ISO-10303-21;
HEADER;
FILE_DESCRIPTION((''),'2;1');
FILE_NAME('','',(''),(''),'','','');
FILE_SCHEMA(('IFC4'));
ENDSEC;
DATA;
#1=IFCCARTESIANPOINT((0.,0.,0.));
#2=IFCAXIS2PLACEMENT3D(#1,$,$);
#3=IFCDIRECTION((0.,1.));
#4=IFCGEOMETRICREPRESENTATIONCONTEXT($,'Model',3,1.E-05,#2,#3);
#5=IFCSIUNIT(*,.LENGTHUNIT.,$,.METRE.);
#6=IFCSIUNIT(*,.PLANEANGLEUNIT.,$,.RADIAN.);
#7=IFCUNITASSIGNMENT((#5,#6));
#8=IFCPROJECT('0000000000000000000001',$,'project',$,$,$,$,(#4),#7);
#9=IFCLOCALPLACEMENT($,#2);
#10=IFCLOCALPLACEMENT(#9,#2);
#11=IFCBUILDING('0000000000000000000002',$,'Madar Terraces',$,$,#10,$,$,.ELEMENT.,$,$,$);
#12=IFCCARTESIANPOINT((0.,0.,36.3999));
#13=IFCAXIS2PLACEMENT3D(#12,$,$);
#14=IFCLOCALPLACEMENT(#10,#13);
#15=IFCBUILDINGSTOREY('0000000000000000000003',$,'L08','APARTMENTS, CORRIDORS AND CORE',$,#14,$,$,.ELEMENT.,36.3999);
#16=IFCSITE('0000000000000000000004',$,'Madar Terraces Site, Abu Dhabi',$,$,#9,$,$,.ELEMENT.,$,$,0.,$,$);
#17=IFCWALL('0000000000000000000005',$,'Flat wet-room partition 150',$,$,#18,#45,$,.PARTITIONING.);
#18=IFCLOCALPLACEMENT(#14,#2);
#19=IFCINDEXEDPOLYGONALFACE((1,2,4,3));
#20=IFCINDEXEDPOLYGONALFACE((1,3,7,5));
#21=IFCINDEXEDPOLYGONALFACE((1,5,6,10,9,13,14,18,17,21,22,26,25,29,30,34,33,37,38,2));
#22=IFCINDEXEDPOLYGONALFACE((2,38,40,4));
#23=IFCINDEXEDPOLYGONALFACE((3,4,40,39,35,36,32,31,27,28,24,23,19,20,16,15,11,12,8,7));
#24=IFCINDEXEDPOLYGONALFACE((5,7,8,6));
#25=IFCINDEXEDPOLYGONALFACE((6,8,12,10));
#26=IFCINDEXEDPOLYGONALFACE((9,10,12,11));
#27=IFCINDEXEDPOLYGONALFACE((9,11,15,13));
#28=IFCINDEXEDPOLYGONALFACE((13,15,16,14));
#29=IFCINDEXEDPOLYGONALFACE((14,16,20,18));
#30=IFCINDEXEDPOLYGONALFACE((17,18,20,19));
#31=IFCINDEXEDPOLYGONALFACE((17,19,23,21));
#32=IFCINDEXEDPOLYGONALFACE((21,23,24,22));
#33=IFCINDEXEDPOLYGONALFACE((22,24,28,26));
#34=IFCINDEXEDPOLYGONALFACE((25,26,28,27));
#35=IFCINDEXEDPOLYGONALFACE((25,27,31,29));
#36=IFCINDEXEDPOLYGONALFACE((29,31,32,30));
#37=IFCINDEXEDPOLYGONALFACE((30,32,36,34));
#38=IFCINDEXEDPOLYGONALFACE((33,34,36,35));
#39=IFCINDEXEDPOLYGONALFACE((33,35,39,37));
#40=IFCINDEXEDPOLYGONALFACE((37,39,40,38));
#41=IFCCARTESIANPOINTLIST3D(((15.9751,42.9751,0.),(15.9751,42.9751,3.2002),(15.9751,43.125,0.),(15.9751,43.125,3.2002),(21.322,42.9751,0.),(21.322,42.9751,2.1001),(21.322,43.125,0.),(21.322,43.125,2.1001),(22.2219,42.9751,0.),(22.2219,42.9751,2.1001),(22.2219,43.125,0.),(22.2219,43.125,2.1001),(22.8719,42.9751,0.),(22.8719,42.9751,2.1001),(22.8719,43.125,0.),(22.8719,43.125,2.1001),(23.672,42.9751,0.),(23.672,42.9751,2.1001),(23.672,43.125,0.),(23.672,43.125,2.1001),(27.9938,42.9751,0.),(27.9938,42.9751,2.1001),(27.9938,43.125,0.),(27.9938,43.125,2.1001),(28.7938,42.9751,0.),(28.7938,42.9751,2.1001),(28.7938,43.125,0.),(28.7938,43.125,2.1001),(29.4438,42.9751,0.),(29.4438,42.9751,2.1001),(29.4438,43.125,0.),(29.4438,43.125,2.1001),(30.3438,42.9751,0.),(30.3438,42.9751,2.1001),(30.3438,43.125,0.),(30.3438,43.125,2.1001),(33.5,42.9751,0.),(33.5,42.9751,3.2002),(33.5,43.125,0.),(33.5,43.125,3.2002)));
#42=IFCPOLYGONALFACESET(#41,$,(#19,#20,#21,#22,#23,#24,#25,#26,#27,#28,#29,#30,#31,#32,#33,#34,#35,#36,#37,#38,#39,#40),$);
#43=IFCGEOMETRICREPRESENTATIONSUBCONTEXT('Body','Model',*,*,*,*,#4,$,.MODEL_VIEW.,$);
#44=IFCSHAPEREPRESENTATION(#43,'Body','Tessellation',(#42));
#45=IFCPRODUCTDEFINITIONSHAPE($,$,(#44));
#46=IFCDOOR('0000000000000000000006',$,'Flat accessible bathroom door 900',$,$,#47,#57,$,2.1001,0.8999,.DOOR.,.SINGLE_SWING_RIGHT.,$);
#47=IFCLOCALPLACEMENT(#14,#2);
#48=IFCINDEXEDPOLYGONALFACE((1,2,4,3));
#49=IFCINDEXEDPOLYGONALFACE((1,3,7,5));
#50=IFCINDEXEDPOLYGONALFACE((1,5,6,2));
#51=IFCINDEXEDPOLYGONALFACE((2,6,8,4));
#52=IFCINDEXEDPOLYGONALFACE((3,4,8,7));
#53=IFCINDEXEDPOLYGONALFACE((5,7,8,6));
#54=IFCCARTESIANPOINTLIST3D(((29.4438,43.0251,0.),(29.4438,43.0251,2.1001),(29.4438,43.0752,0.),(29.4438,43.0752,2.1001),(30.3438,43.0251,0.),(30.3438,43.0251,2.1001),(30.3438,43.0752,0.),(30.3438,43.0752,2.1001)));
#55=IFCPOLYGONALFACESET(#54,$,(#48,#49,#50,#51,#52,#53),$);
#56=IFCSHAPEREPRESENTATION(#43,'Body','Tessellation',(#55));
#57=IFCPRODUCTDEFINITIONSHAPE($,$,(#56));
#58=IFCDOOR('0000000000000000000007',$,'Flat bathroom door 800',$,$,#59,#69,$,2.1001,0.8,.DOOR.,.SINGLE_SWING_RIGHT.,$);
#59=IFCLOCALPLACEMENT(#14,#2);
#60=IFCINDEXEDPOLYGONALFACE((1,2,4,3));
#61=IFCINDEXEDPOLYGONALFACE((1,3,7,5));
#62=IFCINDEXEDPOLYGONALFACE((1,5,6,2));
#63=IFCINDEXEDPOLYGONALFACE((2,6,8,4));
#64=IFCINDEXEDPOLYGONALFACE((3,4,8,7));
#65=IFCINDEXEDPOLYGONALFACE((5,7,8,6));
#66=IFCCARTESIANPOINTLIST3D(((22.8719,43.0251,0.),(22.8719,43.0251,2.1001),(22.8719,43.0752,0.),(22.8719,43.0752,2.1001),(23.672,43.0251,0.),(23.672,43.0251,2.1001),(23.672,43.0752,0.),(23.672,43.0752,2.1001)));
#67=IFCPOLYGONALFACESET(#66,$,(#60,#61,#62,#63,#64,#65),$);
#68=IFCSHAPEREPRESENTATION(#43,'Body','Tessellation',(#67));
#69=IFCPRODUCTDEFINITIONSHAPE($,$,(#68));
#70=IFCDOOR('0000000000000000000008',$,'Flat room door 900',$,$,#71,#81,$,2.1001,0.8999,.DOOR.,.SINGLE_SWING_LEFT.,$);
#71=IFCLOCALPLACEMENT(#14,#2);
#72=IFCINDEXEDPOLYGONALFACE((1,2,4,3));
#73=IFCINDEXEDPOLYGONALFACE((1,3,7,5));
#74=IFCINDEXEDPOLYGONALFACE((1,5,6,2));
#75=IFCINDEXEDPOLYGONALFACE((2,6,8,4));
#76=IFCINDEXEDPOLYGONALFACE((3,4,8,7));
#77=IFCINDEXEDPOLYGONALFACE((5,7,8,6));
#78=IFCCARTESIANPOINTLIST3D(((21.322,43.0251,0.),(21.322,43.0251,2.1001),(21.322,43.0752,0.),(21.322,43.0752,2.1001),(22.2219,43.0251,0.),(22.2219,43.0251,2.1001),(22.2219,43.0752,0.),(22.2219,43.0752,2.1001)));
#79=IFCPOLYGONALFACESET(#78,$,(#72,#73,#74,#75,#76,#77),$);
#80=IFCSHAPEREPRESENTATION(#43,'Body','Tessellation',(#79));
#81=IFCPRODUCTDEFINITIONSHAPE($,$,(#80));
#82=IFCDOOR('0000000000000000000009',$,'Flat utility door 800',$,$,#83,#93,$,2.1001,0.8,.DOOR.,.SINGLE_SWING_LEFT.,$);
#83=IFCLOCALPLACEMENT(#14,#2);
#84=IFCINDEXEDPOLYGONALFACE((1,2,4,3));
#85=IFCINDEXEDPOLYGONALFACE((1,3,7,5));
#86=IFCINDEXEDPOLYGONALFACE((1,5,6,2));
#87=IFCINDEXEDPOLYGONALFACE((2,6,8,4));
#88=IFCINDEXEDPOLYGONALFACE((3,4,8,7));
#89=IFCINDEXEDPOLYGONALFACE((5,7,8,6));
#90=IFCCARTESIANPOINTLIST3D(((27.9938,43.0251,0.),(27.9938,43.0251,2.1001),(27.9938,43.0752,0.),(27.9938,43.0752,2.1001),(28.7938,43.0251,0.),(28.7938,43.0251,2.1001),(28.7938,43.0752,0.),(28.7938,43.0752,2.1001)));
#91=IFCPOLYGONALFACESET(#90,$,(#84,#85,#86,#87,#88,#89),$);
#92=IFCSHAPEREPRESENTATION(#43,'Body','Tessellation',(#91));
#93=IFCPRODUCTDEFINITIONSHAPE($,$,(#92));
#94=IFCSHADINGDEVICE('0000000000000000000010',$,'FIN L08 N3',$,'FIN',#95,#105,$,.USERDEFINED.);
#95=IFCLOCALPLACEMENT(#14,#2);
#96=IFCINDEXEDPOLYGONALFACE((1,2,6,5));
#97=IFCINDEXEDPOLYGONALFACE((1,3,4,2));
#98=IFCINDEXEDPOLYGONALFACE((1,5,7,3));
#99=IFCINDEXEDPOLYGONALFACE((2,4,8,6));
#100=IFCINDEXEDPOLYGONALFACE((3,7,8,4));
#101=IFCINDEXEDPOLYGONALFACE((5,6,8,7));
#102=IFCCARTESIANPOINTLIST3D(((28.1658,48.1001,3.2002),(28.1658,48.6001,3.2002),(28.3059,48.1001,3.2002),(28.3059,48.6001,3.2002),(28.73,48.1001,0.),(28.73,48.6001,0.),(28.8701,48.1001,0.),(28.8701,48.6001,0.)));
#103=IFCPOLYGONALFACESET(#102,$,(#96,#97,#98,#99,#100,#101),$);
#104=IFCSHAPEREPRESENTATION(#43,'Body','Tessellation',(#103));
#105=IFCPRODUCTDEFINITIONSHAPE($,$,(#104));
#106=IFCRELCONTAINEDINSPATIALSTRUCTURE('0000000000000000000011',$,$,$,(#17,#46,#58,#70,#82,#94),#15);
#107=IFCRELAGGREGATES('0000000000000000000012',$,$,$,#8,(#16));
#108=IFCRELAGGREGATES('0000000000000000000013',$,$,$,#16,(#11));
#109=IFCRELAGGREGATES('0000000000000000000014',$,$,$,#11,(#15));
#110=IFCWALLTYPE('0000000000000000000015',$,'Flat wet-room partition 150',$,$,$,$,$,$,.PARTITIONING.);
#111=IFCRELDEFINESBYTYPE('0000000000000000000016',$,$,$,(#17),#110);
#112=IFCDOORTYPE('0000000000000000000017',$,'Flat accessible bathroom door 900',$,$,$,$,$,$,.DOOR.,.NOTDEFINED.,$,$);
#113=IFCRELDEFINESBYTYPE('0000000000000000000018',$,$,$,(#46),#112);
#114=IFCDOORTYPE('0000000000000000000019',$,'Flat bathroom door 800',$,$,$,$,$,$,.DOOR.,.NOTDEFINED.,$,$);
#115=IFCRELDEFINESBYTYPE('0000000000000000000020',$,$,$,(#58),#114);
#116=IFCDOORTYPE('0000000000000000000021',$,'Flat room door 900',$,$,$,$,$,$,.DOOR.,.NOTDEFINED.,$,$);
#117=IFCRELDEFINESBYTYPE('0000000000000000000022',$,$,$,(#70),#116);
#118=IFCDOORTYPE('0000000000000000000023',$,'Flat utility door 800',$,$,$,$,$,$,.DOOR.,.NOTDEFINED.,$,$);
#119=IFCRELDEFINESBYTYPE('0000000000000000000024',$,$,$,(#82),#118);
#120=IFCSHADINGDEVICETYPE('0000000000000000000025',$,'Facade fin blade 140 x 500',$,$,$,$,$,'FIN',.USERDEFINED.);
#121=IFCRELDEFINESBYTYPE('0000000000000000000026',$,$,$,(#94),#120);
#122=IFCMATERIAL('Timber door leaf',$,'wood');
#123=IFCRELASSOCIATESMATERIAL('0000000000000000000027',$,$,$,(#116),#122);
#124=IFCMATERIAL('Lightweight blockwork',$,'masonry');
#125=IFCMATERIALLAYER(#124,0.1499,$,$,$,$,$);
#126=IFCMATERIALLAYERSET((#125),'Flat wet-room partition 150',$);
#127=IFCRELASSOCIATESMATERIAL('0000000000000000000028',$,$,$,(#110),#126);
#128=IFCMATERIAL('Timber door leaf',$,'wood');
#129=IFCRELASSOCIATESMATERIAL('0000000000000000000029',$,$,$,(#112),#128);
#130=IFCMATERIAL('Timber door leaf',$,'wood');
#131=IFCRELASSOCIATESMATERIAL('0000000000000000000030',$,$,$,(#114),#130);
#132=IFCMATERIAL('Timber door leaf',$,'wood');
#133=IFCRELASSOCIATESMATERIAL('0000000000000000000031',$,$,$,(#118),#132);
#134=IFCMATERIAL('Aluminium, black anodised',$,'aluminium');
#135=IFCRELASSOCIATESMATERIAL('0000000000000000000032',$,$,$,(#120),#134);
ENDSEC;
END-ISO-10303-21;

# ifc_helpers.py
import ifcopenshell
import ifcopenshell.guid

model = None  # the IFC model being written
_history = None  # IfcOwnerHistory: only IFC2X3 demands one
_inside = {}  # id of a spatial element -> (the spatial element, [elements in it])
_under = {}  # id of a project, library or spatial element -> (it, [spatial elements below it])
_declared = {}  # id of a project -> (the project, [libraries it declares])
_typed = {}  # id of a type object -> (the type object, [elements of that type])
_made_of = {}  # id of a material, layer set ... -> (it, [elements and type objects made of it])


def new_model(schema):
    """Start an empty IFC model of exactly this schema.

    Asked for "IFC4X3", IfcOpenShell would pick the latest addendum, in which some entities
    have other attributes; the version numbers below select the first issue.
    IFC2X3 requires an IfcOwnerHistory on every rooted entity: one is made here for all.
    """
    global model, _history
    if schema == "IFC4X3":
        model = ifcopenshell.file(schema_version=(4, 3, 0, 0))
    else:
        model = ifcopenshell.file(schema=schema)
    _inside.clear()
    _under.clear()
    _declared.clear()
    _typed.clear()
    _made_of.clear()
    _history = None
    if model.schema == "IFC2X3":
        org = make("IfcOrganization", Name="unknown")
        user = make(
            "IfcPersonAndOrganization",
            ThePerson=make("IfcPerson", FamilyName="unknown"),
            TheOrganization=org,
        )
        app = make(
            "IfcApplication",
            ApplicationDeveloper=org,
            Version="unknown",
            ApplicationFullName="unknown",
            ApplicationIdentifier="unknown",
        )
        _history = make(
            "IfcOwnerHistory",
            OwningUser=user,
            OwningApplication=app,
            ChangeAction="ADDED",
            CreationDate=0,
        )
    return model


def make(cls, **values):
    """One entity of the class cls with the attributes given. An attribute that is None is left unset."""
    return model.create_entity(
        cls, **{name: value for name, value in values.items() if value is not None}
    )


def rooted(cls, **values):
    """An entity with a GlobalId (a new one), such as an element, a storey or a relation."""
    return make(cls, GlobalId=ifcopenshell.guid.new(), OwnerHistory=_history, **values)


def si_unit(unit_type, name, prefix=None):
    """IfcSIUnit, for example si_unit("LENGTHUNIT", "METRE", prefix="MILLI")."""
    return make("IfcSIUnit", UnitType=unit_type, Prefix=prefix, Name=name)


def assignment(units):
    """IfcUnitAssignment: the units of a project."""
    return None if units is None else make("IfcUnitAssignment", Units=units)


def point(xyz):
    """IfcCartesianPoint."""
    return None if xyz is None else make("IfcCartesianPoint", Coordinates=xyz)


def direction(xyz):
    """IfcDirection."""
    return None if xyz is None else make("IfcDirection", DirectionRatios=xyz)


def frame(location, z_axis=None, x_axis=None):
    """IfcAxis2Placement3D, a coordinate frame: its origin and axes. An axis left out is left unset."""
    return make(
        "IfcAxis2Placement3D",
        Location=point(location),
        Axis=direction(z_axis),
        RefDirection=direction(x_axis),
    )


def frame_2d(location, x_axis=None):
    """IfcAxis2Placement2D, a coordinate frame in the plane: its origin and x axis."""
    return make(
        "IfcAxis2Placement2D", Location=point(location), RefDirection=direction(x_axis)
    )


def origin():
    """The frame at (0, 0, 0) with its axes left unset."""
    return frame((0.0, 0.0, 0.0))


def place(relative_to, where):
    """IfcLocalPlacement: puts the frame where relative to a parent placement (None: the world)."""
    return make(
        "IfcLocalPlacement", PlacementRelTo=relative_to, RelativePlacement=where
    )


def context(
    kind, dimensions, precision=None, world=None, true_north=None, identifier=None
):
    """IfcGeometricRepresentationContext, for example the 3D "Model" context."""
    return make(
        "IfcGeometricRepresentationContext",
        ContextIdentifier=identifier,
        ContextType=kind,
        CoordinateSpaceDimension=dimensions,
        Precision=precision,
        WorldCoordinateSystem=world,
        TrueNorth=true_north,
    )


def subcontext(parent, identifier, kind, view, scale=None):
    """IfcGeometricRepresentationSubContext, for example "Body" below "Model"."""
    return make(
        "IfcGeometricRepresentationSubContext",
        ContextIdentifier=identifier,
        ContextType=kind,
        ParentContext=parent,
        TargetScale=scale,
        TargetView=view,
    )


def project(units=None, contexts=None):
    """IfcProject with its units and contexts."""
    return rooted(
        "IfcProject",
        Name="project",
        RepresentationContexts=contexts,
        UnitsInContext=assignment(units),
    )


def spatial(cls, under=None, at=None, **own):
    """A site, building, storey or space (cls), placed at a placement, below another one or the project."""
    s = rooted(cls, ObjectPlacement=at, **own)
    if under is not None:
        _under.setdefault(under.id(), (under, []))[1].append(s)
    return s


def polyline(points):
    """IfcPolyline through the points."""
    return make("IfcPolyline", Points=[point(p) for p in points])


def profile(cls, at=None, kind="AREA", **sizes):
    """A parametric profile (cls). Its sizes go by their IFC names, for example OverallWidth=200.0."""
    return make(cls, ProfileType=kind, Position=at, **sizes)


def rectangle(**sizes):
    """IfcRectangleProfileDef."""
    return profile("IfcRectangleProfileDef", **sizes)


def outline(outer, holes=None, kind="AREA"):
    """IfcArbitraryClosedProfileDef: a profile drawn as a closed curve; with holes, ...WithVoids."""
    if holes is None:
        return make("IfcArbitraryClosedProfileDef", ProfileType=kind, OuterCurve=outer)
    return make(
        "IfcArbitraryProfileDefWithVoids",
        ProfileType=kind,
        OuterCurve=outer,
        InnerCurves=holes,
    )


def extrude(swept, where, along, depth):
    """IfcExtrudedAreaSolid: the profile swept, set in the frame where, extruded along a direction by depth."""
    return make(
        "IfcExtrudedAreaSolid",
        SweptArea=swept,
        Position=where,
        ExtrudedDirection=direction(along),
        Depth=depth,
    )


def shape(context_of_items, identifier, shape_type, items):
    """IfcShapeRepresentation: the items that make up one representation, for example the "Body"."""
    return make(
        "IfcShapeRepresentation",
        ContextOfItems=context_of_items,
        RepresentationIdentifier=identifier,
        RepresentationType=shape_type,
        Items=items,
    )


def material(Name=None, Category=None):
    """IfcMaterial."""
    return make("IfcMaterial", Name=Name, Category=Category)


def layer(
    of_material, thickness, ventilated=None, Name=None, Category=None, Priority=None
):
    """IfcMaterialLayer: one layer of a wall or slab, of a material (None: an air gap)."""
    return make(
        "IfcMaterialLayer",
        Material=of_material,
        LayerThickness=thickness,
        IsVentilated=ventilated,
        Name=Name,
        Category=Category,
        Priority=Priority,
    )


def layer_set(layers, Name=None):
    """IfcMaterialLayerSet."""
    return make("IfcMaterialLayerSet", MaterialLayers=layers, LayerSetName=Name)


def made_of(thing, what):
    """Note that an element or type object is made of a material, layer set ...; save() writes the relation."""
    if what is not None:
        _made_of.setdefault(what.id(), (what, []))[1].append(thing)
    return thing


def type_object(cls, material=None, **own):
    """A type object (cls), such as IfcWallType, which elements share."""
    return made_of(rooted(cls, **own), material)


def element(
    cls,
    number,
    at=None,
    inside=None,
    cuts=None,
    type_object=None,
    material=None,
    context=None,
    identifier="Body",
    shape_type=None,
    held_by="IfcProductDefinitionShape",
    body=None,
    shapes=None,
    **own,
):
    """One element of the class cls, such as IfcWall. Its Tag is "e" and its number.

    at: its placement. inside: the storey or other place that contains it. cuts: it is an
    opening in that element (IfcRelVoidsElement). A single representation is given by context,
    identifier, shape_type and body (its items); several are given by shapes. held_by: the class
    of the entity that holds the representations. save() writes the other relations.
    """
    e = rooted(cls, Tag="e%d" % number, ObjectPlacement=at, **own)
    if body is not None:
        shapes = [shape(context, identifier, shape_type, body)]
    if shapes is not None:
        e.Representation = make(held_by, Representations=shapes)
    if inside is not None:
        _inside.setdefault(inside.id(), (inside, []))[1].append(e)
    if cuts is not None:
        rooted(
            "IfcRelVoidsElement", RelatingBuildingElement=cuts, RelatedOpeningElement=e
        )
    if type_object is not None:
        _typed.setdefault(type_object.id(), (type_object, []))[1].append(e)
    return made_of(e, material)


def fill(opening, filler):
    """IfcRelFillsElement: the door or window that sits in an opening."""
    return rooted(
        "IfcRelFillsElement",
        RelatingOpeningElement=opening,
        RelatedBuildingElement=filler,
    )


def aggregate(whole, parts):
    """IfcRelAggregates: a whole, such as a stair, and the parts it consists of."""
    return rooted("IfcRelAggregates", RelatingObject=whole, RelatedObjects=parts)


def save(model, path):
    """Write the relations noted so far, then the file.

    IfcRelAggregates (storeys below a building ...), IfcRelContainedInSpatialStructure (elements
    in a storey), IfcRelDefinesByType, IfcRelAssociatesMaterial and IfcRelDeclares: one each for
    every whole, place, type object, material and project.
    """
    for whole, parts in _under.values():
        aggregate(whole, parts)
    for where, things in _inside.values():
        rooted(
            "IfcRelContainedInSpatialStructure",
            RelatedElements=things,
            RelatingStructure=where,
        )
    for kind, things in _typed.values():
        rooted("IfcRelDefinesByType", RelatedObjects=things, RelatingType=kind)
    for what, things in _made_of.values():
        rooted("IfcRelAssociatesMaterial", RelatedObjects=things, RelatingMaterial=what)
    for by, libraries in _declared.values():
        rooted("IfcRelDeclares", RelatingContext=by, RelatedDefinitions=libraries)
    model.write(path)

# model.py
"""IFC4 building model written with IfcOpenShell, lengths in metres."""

from ifc_helpers import new_model, si_unit, direction, frame, frame_2d, origin, place, context, subcontext, project, spatial, polyline, rectangle, outline, extrude, material, layer, layer_set, type_object, element, fill, save


model = new_model("IFC4")

# Units and contexts
model_context = context("Model", 3, precision=1e-05, world=origin(), true_north=direction((0.0, 1.0)))
body_context = subcontext(model_context, "Body", "Model", "MODEL_VIEW")
ifc_project = project(units=[si_unit("LENGTHUNIT", "METRE"), si_unit("PLANEANGLEUNIT", "RADIAN")], contexts=[model_context])

# Site, building, storey
site_placement = place(None, origin())
site = spatial("IfcSite", under=ifc_project, at=site_placement, Name="Madar Terraces Site, Abu Dhabi", CompositionType="ELEMENT", RefElevation=0.0)
building_placement = place(site_placement, origin())
building = spatial("IfcBuilding", under=site, at=building_placement, Name="Madar Terraces", CompositionType="ELEMENT")
storey_placement = place(building_placement, frame((0.0, 0.0, 36.3999)))
storey = spatial("IfcBuildingStorey", under=building, at=storey_placement, Name="L08", Description="APARTMENTS, CORRIDORS AND CORE", CompositionType="ELEMENT", Elevation=36.3999)

# Shared definitions
ifc_material_1 = material(Name="Timber door leaf", Category="wood")
door_type_1 = type_object("IfcDoorType", Name="Flat room door 900", OperationType="NOTDEFINED", PredefinedType="DOOR", material=ifc_material_1)

# Wall, openings, doors
ifc_material_2 = material(Name="Lightweight blockwork", Category="masonry")
ifc_layer_1 = layer(ifc_material_2, 0.1499)
ifc_layer_set_1 = layer_set([ifc_layer_1], Name="Flat wet-room partition 150")
wall_type_1 = type_object("IfcWallType", Name="Flat wet-room partition 150", PredefinedType="PARTITIONING", material=ifc_layer_set_1)
wall_1_placement = place(storey_placement, frame((33.5, 43.05, 0.0), z_axis=(0.0, 0.0, 1.0), x_axis=(-1.0, 0.0, 0.0)))
wall_1 = element("IfcWall", 1, at=wall_1_placement, inside=storey, type_object=wall_type_1, Name="Flat wet-room partition 150", PredefinedType="PARTITIONING", context=body_context, shape_type="SweptSolid", body=[
    extrude(rectangle(XDim=17.5249, YDim=0.1499, at=frame_2d((8.7625, 0.0))), origin(), (0.0, 0.0, 1.0), 3.2002),
])
opening_1_placement = place(wall_1_placement, frame((11.2781, 0.0, 0.0)))
opening_1 = element("IfcOpeningElement", 2, at=opening_1_placement, cuts=wall_1, PredefinedType="OPENING", context=body_context, shape_type="SweptSolid", body=[
    extrude(rectangle(XDim=0.8999, YDim=2.1001, at=frame_2d((0.45, 1.05))), frame((0.0, 0.085, 0.0), z_axis=(0.0, -1.0, 0.0), x_axis=(1.0, 0.0, 0.0)), (0.0, 0.0, 1.0), 0.1699),
])
opening_2_placement = place(wall_1_placement, frame((9.8281, 0.0, 0.0)))
opening_2 = element("IfcOpeningElement", 3, at=opening_2_placement, cuts=wall_1, PredefinedType="OPENING", context=body_context, shape_type="SweptSolid", body=[
    extrude(rectangle(XDim=0.8, YDim=2.1001, at=frame_2d((0.3999, 1.05))), frame((0.0, 0.085, 0.0), z_axis=(0.0, -1.0, 0.0), x_axis=(1.0, 0.0, 0.0)), (0.0, 0.0, 1.0), 0.1699),
])
opening_3_placement = place(wall_1_placement, frame((4.7063, 0.0, 0.0)))
opening_3 = element("IfcOpeningElement", 4, at=opening_3_placement, cuts=wall_1, PredefinedType="OPENING", context=body_context, shape_type="SweptSolid", body=[
    extrude(rectangle(XDim=0.8, YDim=2.1001, at=frame_2d((0.3999, 1.05))), frame((0.0, 0.085, 0.0), z_axis=(0.0, -1.0, 0.0), x_axis=(1.0, 0.0, 0.0)), (0.0, 0.0, 1.0), 0.1699),
])
opening_4_placement = place(wall_1_placement, frame((3.1562, 0.0, 0.0)))
opening_4 = element("IfcOpeningElement", 5, at=opening_4_placement, cuts=wall_1, PredefinedType="OPENING", context=body_context, shape_type="SweptSolid", body=[
    extrude(rectangle(XDim=0.8999, YDim=2.1001, at=frame_2d((0.45, 1.05))), frame((0.0, 0.085, 0.0), z_axis=(0.0, -1.0, 0.0), x_axis=(1.0, 0.0, 0.0)), (0.0, 0.0, 1.0), 0.1699),
])
ifc_material_3 = material(Name="Timber door leaf", Category="wood")
door_type_2 = type_object("IfcDoorType", Name="Flat accessible bathroom door 900", OperationType="NOTDEFINED", PredefinedType="DOOR", material=ifc_material_3)
door_1_placement = place(opening_4_placement, origin())
door_1 = element("IfcDoor", 6, at=door_1_placement, inside=storey, type_object=door_type_2, Name="Flat accessible bathroom door 900", OperationType="SINGLE_SWING_RIGHT", OverallHeight=2.1001, OverallWidth=0.8999, PredefinedType="DOOR", context=body_context, shape_type="SweptSolid", body=[
    extrude(rectangle(XDim=0.8999, YDim=2.1001, at=frame_2d((0.45, 1.05))), frame((0.0, 0.0249, 0.0), z_axis=(0.0, -1.0, 0.0), x_axis=(1.0, 0.0, 0.0)), (0.0, 0.0, 1.0), 0.05),
])
fill(opening_4, door_1)
ifc_material_4 = material(Name="Timber door leaf", Category="wood")
door_type_3 = type_object("IfcDoorType", Name="Flat bathroom door 800", OperationType="NOTDEFINED", PredefinedType="DOOR", material=ifc_material_4)
door_2_placement = place(opening_2_placement, origin())
door_2 = element("IfcDoor", 7, at=door_2_placement, inside=storey, type_object=door_type_3, Name="Flat bathroom door 800", OperationType="SINGLE_SWING_RIGHT", OverallHeight=2.1001, OverallWidth=0.8, PredefinedType="DOOR", context=body_context, shape_type="SweptSolid", body=[
    extrude(rectangle(XDim=0.8, YDim=2.1001, at=frame_2d((0.3999, 1.05))), frame((0.0, 0.0249, 0.0), z_axis=(0.0, -1.0, 0.0), x_axis=(1.0, 0.0, 0.0)), (0.0, 0.0, 1.0), 0.05),
])
fill(opening_2, door_2)
door_3_placement = place(opening_1_placement, origin())
door_3 = element("IfcDoor", 8, at=door_3_placement, inside=storey, type_object=door_type_1, Name="Flat room door 900", OperationType="SINGLE_SWING_LEFT", OverallHeight=2.1001, OverallWidth=0.8999, PredefinedType="DOOR", context=body_context, shape_type="SweptSolid", body=[
    extrude(rectangle(XDim=0.8999, YDim=2.1001, at=frame_2d((0.45, 1.05))), frame((0.0, 0.0249, 0.0), z_axis=(0.0, -1.0, 0.0), x_axis=(1.0, 0.0, 0.0)), (0.0, 0.0, 1.0), 0.05),
])
fill(opening_1, door_3)
ifc_material_5 = material(Name="Timber door leaf", Category="wood")
door_type_4 = type_object("IfcDoorType", Name="Flat utility door 800", OperationType="NOTDEFINED", PredefinedType="DOOR", material=ifc_material_5)
door_4_placement = place(opening_3_placement, origin())
door_4 = element("IfcDoor", 9, at=door_4_placement, inside=storey, type_object=door_type_4, Name="Flat utility door 800", OperationType="SINGLE_SWING_LEFT", OverallHeight=2.1001, OverallWidth=0.8, PredefinedType="DOOR", context=body_context, shape_type="SweptSolid", body=[
    extrude(rectangle(XDim=0.8, YDim=2.1001, at=frame_2d((0.3999, 1.05))), frame((0.0, 0.0249, 0.0), z_axis=(0.0, -1.0, 0.0), x_axis=(1.0, 0.0, 0.0)), (0.0, 0.0, 1.0), 0.05),
])
fill(opening_3, door_4)

# Shading device
ifc_material_6 = material(Name="Aluminium, black anodised", Category="aluminium")
shading_device_type = type_object("IfcShadingDeviceType", Name="Facade fin blade 140 x 500", ElementType="FIN", PredefinedType="USERDEFINED", material=ifc_material_6)
shading_device_placement = place(storey_placement, frame((28.8701, 48.3501, 0.0), z_axis=(0.0, 0.0, 1.0), x_axis=(-1.0, 0.0, 0.0)))
element("IfcShadingDevice", 10, at=shading_device_placement, inside=storey, type_object=shading_device_type, Name="FIN L08 N3", ObjectType="FIN", PredefinedType="USERDEFINED", context=body_context, shape_type="SweptSolid", body=[
    extrude(outline(polyline([(0.0, 0.0), (0.1401, 0.0), (0.7043, 3.2002), (0.5642, 3.2002), (0.0, 0.0)])), frame((0.0, 0.25, 0.0), z_axis=(0.0, -1.0, 0.0), x_axis=(1.0, 0.0, 0.0)), (0.0, 0.0, 1.0), 0.5),
])

save(model, "model.ifc")
